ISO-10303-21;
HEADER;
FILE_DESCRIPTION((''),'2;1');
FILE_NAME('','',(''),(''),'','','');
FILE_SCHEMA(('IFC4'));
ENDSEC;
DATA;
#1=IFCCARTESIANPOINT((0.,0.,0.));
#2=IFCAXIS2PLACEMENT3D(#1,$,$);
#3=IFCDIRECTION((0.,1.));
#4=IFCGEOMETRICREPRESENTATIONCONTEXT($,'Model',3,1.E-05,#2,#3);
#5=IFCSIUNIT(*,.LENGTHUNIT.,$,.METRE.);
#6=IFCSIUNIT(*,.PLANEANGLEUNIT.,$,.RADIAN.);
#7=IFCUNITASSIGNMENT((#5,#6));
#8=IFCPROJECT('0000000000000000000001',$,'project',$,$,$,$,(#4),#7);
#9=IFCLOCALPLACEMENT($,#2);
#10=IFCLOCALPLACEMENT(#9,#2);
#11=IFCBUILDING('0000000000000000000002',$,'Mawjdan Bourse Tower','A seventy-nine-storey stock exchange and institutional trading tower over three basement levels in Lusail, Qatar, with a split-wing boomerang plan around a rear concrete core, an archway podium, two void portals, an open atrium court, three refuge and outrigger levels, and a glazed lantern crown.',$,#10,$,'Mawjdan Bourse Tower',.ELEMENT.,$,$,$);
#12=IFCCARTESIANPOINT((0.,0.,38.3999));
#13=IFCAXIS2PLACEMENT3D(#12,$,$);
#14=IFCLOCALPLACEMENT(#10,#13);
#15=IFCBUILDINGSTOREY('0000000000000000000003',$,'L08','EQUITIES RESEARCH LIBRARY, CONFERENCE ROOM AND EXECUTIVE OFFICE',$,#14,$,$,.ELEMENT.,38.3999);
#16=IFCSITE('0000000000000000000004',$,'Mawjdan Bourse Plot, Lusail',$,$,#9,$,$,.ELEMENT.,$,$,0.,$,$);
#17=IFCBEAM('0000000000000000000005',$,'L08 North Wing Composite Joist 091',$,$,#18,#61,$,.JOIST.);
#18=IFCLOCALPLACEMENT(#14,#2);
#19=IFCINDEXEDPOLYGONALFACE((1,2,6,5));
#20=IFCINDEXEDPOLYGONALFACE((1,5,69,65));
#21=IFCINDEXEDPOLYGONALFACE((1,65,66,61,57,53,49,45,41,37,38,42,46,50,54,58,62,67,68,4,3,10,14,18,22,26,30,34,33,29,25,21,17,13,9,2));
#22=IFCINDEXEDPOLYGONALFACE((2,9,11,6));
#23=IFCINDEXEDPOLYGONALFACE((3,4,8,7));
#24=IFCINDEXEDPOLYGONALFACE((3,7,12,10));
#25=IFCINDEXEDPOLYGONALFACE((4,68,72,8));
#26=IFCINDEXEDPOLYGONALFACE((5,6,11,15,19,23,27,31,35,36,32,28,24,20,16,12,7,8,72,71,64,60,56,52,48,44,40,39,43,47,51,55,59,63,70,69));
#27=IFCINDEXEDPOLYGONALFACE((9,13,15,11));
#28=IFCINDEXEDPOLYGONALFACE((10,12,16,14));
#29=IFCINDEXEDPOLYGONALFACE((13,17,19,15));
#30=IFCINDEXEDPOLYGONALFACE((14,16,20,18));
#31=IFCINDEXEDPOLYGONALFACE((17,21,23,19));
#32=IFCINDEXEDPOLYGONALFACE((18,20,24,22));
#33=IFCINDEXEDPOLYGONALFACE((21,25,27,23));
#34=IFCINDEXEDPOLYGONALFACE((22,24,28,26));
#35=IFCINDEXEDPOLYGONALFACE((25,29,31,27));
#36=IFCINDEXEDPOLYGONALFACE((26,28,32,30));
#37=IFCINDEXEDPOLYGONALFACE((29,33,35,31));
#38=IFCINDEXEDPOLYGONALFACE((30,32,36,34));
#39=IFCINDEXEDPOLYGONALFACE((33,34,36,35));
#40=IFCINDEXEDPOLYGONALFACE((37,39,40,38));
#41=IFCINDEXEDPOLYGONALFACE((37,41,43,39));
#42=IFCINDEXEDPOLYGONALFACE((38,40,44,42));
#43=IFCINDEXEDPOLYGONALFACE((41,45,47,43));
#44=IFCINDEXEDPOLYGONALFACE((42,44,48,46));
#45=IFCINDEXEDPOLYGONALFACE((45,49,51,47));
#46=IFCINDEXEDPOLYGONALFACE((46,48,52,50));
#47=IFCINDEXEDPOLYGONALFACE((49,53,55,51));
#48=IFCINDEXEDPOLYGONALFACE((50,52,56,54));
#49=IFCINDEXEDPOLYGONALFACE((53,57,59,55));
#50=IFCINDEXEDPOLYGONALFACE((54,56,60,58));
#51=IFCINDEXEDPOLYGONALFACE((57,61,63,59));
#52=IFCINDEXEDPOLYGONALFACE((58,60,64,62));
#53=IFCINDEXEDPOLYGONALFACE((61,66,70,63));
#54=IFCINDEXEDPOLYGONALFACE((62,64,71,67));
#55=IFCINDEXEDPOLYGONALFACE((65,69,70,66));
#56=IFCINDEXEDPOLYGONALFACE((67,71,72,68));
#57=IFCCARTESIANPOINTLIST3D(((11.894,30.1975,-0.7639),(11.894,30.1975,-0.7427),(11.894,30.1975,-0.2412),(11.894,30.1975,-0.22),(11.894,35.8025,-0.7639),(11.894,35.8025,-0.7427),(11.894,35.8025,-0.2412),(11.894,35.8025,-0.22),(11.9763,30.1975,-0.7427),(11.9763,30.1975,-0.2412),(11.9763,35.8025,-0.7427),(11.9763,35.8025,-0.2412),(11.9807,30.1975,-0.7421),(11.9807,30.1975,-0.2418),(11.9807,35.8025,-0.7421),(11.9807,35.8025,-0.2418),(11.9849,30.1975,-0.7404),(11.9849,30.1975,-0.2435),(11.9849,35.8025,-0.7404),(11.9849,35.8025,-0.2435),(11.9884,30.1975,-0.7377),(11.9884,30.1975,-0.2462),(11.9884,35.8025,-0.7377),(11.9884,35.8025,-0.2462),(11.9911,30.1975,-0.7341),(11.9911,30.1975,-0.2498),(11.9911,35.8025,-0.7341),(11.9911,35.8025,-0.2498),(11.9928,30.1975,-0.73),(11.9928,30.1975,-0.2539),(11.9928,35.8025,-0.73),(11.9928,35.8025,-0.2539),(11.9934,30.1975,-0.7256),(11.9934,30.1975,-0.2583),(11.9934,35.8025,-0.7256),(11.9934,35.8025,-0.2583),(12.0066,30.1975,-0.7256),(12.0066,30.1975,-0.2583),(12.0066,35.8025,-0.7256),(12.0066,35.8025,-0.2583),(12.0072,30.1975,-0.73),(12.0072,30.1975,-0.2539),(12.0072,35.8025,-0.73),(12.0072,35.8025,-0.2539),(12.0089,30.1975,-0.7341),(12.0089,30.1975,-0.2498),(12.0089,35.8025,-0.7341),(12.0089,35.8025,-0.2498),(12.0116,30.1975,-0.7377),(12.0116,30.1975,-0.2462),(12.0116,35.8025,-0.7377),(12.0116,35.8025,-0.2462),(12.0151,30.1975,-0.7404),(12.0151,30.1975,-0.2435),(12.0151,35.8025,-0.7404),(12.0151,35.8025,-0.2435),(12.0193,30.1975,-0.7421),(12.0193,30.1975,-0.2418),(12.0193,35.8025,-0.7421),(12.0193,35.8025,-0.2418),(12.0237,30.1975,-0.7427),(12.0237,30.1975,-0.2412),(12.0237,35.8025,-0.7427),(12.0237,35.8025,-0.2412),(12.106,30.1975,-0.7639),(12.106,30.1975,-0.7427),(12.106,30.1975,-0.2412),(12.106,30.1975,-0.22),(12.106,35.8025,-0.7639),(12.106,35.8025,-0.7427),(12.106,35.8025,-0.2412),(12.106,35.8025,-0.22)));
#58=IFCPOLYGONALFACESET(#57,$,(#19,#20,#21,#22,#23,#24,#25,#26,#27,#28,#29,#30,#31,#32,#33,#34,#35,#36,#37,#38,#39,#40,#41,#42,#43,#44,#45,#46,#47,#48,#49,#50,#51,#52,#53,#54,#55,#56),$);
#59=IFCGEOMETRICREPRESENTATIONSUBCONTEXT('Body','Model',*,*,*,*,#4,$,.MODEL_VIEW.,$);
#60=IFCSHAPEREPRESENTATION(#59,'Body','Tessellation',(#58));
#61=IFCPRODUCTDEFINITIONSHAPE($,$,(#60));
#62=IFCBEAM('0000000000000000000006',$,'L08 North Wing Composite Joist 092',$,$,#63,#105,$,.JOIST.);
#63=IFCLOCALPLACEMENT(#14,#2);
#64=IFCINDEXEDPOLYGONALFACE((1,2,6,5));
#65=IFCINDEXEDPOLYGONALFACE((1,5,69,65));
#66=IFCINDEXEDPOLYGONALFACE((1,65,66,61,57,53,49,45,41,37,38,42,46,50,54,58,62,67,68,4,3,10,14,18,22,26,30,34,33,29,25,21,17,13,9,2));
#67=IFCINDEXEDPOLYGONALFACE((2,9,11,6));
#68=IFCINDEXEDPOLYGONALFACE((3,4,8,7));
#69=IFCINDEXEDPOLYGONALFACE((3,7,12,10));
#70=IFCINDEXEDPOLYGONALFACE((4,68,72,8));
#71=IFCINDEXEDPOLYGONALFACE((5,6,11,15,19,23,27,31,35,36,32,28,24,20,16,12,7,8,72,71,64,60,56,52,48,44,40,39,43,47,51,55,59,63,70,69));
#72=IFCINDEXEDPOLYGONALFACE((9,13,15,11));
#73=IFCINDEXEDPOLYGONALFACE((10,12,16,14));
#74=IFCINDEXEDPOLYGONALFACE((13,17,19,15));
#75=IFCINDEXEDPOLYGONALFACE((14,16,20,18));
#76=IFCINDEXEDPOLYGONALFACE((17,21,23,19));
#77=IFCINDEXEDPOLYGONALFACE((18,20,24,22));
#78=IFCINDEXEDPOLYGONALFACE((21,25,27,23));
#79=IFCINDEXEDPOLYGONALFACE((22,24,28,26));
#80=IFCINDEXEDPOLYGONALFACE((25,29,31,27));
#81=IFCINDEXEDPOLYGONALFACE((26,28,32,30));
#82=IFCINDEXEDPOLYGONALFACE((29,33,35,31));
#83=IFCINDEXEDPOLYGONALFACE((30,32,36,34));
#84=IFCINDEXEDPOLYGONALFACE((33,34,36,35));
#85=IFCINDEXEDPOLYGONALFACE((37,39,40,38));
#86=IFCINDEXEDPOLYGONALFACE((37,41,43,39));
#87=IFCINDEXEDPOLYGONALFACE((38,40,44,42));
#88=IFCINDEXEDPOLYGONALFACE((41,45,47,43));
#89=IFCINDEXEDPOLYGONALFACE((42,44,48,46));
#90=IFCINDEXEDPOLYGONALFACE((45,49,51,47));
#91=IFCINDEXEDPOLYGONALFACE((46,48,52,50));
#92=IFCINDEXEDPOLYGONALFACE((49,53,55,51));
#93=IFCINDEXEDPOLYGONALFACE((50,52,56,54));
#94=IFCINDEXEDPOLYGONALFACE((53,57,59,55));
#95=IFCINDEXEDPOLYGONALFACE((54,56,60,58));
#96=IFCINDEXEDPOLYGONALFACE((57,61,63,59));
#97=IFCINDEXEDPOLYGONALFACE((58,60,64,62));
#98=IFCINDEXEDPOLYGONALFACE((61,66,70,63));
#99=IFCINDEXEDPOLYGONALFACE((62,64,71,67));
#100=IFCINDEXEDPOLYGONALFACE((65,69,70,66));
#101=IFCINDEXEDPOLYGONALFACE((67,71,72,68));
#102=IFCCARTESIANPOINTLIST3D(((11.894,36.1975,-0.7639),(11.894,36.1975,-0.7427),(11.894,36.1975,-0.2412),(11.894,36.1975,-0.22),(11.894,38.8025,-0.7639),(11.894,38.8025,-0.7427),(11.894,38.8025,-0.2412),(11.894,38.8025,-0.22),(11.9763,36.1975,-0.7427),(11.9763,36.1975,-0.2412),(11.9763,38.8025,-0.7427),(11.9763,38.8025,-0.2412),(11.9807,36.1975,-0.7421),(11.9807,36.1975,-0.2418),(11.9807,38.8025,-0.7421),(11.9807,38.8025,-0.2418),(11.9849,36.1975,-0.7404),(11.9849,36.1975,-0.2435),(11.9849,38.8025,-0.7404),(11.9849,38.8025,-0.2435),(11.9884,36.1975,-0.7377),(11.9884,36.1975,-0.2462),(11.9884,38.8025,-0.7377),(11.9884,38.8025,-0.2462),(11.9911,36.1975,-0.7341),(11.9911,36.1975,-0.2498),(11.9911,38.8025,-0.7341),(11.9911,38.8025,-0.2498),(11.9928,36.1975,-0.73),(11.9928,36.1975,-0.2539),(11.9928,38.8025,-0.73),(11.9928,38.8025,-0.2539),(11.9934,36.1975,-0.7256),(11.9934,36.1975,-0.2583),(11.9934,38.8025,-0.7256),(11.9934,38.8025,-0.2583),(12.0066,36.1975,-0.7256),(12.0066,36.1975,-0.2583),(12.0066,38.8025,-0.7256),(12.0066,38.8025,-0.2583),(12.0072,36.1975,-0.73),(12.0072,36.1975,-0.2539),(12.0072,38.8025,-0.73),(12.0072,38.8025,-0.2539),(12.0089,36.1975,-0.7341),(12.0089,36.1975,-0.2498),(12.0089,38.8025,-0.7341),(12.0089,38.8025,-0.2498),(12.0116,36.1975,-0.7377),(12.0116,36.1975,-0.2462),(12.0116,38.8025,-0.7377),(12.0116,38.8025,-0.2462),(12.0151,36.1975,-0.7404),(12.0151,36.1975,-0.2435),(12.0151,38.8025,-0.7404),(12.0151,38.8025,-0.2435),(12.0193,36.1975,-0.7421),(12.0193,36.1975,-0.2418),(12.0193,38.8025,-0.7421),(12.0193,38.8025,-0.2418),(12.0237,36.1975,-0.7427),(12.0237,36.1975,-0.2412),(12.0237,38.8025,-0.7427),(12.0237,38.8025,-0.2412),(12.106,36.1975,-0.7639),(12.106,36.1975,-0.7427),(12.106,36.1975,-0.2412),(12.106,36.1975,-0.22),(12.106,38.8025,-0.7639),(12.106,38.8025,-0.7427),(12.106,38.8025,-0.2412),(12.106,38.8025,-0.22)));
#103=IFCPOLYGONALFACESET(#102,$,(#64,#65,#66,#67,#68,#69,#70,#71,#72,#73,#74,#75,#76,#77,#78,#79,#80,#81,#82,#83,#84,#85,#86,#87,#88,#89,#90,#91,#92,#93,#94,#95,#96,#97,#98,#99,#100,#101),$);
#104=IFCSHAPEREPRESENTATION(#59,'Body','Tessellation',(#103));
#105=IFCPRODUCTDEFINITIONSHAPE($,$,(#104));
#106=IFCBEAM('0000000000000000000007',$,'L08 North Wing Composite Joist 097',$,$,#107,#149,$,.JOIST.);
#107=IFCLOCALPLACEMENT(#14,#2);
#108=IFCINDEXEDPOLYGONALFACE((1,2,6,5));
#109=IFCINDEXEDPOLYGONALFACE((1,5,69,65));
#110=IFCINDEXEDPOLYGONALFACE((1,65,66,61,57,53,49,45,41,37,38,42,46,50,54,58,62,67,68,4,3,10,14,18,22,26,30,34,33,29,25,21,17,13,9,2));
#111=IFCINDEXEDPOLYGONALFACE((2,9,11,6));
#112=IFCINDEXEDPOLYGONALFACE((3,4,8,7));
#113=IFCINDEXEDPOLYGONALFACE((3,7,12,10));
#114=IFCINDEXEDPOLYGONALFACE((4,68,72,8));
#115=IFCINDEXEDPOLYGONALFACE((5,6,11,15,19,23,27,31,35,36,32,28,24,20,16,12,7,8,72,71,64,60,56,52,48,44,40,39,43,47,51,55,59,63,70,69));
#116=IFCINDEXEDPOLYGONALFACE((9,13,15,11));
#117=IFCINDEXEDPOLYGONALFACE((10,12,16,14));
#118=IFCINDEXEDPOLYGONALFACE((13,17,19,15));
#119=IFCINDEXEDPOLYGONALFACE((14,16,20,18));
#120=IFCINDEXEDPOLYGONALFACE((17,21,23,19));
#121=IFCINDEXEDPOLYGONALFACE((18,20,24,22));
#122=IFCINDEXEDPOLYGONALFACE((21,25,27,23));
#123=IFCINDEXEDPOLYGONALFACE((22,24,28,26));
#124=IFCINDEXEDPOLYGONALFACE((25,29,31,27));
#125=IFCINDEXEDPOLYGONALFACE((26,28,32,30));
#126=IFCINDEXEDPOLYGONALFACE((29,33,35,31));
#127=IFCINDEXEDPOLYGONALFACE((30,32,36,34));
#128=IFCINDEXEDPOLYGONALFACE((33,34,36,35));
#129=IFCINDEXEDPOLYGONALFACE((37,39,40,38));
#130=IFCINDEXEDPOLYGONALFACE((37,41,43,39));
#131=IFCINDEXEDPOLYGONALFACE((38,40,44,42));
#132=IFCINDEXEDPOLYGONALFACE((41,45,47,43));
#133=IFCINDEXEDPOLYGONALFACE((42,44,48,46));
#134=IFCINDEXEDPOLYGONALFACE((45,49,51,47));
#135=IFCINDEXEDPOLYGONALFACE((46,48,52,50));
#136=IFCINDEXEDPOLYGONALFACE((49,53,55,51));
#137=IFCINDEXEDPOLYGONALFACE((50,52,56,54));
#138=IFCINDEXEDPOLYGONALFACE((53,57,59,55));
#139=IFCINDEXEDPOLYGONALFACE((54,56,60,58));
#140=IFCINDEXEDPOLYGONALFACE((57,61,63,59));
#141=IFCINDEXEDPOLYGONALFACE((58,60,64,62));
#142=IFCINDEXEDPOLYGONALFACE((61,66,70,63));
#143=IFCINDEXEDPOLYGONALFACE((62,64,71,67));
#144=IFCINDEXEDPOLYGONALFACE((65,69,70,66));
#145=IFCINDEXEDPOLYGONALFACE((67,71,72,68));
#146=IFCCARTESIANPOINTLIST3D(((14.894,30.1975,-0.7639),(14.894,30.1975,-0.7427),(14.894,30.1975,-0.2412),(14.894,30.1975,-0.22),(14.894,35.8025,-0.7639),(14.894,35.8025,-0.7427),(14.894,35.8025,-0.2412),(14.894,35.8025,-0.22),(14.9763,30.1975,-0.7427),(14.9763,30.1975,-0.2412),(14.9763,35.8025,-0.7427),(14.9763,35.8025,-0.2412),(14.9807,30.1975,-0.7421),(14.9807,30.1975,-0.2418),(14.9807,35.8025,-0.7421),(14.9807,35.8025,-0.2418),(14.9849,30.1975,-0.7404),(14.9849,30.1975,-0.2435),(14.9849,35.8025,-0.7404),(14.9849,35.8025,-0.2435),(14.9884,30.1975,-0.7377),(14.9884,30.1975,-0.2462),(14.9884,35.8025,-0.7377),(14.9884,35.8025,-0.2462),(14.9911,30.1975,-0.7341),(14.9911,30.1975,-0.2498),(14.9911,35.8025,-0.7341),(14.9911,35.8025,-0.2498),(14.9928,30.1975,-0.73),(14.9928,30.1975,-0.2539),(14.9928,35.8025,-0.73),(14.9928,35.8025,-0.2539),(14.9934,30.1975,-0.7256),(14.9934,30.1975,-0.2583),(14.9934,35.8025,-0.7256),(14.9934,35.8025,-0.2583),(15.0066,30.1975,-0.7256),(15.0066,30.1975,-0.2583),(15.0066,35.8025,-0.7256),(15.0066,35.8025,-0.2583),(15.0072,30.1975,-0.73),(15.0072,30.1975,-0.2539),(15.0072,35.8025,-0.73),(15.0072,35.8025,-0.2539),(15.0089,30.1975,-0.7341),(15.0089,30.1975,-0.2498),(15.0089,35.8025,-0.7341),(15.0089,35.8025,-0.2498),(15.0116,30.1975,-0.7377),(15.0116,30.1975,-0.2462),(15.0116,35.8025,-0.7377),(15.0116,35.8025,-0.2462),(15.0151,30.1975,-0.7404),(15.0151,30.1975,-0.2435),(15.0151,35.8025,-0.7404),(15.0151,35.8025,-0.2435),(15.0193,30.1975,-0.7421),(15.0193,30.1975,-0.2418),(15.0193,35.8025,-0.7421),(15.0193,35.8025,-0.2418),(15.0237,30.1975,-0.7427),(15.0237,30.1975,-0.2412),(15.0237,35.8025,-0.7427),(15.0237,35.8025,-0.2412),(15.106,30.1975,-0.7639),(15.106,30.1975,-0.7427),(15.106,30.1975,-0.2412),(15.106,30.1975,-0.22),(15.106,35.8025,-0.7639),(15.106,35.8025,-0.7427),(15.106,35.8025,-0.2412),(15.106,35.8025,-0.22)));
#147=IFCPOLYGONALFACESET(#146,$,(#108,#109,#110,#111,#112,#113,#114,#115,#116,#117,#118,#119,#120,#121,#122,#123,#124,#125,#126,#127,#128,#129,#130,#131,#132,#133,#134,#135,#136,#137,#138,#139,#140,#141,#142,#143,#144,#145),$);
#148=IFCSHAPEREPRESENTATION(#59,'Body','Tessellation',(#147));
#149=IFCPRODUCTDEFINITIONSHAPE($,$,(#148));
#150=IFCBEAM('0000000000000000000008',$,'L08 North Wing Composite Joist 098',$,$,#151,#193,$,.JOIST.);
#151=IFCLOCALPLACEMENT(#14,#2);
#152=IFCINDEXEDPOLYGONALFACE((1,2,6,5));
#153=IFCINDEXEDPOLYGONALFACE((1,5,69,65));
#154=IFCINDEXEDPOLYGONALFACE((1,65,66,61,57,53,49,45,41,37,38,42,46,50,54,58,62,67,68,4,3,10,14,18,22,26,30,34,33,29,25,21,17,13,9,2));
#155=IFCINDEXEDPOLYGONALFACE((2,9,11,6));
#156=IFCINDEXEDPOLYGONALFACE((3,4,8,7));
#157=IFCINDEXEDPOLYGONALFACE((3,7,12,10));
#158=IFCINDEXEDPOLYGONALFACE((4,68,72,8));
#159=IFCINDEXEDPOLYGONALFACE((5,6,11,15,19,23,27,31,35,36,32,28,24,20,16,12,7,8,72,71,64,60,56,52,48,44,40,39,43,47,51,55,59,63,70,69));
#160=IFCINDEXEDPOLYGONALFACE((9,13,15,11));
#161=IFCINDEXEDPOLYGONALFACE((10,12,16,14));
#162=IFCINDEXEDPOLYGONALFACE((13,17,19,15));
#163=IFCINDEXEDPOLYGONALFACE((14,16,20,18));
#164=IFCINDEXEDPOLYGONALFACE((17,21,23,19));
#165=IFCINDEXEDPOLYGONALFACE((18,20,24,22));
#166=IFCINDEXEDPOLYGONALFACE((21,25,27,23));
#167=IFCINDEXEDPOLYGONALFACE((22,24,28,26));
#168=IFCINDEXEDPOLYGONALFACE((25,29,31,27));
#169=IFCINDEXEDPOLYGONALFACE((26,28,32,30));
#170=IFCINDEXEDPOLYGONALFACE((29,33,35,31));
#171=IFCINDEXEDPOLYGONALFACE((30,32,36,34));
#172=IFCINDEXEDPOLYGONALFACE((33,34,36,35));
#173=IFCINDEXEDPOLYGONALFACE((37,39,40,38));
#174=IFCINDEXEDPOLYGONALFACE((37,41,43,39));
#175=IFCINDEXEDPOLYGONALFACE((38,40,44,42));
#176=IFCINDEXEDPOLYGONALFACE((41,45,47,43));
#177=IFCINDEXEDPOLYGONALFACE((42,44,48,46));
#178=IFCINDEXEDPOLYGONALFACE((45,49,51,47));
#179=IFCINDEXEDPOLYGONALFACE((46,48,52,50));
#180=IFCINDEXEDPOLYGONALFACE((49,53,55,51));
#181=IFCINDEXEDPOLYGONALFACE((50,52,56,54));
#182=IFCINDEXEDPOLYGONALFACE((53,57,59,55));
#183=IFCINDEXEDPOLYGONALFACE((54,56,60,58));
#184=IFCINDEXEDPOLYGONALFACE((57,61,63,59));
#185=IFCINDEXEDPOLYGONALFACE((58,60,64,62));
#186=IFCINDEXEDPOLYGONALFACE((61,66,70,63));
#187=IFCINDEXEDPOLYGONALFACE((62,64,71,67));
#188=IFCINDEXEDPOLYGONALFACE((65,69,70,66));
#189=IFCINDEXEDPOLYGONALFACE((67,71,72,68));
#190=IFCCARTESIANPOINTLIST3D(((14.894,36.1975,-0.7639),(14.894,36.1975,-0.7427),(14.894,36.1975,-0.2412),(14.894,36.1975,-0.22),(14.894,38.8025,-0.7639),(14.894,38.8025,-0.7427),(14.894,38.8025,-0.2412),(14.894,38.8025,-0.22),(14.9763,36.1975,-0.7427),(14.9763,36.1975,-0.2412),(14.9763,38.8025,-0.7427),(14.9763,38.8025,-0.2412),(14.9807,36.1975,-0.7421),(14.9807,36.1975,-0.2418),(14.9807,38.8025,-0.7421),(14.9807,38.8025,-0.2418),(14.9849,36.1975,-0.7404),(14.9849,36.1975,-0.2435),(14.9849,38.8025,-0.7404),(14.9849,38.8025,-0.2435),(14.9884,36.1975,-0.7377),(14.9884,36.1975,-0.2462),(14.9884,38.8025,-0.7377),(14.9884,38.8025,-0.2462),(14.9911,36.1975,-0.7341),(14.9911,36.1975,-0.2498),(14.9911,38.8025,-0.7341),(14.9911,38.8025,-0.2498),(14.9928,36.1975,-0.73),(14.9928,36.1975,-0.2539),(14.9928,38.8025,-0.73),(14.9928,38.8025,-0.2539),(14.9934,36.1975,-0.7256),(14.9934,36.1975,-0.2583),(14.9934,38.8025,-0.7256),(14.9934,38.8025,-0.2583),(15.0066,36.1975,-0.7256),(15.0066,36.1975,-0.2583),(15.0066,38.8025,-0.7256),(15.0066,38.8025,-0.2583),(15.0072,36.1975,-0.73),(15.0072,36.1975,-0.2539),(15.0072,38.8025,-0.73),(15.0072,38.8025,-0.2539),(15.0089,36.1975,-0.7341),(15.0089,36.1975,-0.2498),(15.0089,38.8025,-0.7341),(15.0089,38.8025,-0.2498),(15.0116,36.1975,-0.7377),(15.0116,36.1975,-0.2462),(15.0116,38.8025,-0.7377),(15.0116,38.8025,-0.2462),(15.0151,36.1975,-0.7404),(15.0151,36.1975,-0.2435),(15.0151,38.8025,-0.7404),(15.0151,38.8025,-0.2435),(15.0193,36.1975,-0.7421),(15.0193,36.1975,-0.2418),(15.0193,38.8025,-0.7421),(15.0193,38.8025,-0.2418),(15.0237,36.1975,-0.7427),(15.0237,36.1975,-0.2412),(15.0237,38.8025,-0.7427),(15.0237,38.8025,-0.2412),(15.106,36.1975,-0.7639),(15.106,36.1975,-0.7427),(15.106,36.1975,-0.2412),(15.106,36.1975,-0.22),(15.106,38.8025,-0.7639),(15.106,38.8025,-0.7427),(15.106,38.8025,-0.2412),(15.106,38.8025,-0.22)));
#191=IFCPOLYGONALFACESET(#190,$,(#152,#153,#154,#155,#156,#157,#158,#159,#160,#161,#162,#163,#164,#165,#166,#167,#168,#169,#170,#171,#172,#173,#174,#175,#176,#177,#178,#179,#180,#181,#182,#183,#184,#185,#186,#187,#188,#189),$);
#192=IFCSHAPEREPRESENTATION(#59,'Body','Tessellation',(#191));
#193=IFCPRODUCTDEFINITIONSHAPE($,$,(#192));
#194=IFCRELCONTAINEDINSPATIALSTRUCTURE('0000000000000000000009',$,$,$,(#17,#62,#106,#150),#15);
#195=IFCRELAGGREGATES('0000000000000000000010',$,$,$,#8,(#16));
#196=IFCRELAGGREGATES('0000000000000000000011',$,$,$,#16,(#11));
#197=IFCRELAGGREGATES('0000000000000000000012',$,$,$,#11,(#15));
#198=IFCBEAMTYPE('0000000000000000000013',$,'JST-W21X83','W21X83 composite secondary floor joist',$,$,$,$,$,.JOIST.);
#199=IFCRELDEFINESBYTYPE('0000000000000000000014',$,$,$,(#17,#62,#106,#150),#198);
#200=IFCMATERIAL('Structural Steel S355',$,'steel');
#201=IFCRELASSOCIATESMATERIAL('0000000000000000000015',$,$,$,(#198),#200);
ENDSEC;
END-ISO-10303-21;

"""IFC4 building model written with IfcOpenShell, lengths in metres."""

from ifc_helpers import new_model, si_unit, direction, frame, origin, origin_2d, place, context, subcontext, project, spatial, i_section, extrude, material, material_profile, profile_set, type_object, element, save


model = new_model("IFC4")

# Units and contexts
model_context = context("Model", 3, precision=1e-05, world=origin(), true_north=direction((0.0, 1.0)))
body_context = subcontext(model_context, "Body", "Model", "MODEL_VIEW")
ifc_project = project(units=[si_unit("LENGTHUNIT", "METRE"), si_unit("PLANEANGLEUNIT", "RADIAN")], contexts=[model_context])

# Site, building, storey
site_placement = place(None, origin())
site = spatial("IfcSite", under=ifc_project, at=site_placement, Name="Mawjdan Bourse Plot, Lusail", CompositionType="ELEMENT", RefElevation=0.0)
building_placement = place(site_placement, origin())
building = spatial("IfcBuilding", under=site, at=building_placement, Name="Mawjdan Bourse Tower", Description="A seventy-nine-storey stock exchange and institutional trading tower over three basement levels in Lusail, Qatar, with a split-wing boomerang plan around a rear concrete core, an archway podium, two void portals, an open atrium court, three refuge and outrigger levels, and a glazed lantern crown.", LongName="Mawjdan Bourse Tower", CompositionType="ELEMENT")
storey_placement = place(building_placement, frame((0.0, 0.0, 38.3999)))
storey = spatial("IfcBuildingStorey", under=building, at=storey_placement, Name="L08", Description="EQUITIES RESEARCH LIBRARY, CONFERENCE ROOM AND EXECUTIVE OFFICE", CompositionType="ELEMENT", Elevation=38.3999)

# Beams
ifc_material_1 = material(Name="Structural Steel S355", Category="steel")
ifc_material_profile_1 = material_profile(ifc_material_1, i_section(OverallWidth=0.2119, OverallDepth=0.5439, WebThickness=0.0132, FlangeThickness=0.0212, FilletRadius=0.0171, at=origin_2d()), Name="W21X83")
ifc_profile_set_1 = profile_set([ifc_material_profile_1], Name="Structural Steel S355")
beam_type_1 = type_object("IfcBeamType", Name="JST-W21X83", Description="W21X83 composite secondary floor joist", PredefinedType="JOIST", material=ifc_profile_set_1)
beam_1_placement = place(storey_placement, frame((12.0, 30.1975, -0.4919), z_axis=(0.0, 1.0, 0.0), x_axis=(-1.0, 0.0, 0.0)))
element("IfcBeam", 1, at=beam_1_placement, inside=storey, type_object=beam_type_1, Name="L08 North Wing Composite Joist 091", PredefinedType="JOIST", context=body_context, shape_type="SweptSolid", body=[
    extrude(i_section(OverallWidth=0.2119, OverallDepth=0.5439, WebThickness=0.0132, FlangeThickness=0.0212, FilletRadius=0.0171, at=origin_2d()), origin(), (0.0, 0.0, 1.0), 5.605),
])
beam_2_placement = place(storey_placement, frame((12.0, 36.1975, -0.4919), z_axis=(0.0, 1.0, 0.0), x_axis=(-1.0, 0.0, 0.0)))
element("IfcBeam", 2, at=beam_2_placement, inside=storey, type_object=beam_type_1, Name="L08 North Wing Composite Joist 092", PredefinedType="JOIST", context=body_context, shape_type="SweptSolid", body=[
    extrude(i_section(OverallWidth=0.2119, OverallDepth=0.5439, WebThickness=0.0132, FlangeThickness=0.0212, FilletRadius=0.0171, at=origin_2d()), origin(), (0.0, 0.0, 1.0), 2.605),
])
beam_3_placement = place(storey_placement, frame((15.0, 30.1975, -0.4919), z_axis=(0.0, 1.0, 0.0), x_axis=(-1.0, 0.0, 0.0)))
element("IfcBeam", 3, at=beam_3_placement, inside=storey, type_object=beam_type_1, Name="L08 North Wing Composite Joist 097", PredefinedType="JOIST", context=body_context, shape_type="SweptSolid", body=[
    extrude(i_section(OverallWidth=0.2119, OverallDepth=0.5439, WebThickness=0.0132, FlangeThickness=0.0212, FilletRadius=0.0171, at=origin_2d()), origin(), (0.0, 0.0, 1.0), 5.605),
])
beam_4_placement = place(storey_placement, frame((15.0, 36.1975, -0.4919), z_axis=(0.0, 1.0, 0.0), x_axis=(-1.0, 0.0, 0.0)))
element("IfcBeam", 4, at=beam_4_placement, inside=storey, type_object=beam_type_1, Name="L08 North Wing Composite Joist 098", PredefinedType="JOIST", context=body_context, shape_type="SweptSolid", body=[
    extrude(i_section(OverallWidth=0.2119, OverallDepth=0.5439, WebThickness=0.0132, FlangeThickness=0.0212, FilletRadius=0.0171, at=origin_2d()), origin(), (0.0, 0.0, 1.0), 2.605),
])

save(model, "model.ifc")
